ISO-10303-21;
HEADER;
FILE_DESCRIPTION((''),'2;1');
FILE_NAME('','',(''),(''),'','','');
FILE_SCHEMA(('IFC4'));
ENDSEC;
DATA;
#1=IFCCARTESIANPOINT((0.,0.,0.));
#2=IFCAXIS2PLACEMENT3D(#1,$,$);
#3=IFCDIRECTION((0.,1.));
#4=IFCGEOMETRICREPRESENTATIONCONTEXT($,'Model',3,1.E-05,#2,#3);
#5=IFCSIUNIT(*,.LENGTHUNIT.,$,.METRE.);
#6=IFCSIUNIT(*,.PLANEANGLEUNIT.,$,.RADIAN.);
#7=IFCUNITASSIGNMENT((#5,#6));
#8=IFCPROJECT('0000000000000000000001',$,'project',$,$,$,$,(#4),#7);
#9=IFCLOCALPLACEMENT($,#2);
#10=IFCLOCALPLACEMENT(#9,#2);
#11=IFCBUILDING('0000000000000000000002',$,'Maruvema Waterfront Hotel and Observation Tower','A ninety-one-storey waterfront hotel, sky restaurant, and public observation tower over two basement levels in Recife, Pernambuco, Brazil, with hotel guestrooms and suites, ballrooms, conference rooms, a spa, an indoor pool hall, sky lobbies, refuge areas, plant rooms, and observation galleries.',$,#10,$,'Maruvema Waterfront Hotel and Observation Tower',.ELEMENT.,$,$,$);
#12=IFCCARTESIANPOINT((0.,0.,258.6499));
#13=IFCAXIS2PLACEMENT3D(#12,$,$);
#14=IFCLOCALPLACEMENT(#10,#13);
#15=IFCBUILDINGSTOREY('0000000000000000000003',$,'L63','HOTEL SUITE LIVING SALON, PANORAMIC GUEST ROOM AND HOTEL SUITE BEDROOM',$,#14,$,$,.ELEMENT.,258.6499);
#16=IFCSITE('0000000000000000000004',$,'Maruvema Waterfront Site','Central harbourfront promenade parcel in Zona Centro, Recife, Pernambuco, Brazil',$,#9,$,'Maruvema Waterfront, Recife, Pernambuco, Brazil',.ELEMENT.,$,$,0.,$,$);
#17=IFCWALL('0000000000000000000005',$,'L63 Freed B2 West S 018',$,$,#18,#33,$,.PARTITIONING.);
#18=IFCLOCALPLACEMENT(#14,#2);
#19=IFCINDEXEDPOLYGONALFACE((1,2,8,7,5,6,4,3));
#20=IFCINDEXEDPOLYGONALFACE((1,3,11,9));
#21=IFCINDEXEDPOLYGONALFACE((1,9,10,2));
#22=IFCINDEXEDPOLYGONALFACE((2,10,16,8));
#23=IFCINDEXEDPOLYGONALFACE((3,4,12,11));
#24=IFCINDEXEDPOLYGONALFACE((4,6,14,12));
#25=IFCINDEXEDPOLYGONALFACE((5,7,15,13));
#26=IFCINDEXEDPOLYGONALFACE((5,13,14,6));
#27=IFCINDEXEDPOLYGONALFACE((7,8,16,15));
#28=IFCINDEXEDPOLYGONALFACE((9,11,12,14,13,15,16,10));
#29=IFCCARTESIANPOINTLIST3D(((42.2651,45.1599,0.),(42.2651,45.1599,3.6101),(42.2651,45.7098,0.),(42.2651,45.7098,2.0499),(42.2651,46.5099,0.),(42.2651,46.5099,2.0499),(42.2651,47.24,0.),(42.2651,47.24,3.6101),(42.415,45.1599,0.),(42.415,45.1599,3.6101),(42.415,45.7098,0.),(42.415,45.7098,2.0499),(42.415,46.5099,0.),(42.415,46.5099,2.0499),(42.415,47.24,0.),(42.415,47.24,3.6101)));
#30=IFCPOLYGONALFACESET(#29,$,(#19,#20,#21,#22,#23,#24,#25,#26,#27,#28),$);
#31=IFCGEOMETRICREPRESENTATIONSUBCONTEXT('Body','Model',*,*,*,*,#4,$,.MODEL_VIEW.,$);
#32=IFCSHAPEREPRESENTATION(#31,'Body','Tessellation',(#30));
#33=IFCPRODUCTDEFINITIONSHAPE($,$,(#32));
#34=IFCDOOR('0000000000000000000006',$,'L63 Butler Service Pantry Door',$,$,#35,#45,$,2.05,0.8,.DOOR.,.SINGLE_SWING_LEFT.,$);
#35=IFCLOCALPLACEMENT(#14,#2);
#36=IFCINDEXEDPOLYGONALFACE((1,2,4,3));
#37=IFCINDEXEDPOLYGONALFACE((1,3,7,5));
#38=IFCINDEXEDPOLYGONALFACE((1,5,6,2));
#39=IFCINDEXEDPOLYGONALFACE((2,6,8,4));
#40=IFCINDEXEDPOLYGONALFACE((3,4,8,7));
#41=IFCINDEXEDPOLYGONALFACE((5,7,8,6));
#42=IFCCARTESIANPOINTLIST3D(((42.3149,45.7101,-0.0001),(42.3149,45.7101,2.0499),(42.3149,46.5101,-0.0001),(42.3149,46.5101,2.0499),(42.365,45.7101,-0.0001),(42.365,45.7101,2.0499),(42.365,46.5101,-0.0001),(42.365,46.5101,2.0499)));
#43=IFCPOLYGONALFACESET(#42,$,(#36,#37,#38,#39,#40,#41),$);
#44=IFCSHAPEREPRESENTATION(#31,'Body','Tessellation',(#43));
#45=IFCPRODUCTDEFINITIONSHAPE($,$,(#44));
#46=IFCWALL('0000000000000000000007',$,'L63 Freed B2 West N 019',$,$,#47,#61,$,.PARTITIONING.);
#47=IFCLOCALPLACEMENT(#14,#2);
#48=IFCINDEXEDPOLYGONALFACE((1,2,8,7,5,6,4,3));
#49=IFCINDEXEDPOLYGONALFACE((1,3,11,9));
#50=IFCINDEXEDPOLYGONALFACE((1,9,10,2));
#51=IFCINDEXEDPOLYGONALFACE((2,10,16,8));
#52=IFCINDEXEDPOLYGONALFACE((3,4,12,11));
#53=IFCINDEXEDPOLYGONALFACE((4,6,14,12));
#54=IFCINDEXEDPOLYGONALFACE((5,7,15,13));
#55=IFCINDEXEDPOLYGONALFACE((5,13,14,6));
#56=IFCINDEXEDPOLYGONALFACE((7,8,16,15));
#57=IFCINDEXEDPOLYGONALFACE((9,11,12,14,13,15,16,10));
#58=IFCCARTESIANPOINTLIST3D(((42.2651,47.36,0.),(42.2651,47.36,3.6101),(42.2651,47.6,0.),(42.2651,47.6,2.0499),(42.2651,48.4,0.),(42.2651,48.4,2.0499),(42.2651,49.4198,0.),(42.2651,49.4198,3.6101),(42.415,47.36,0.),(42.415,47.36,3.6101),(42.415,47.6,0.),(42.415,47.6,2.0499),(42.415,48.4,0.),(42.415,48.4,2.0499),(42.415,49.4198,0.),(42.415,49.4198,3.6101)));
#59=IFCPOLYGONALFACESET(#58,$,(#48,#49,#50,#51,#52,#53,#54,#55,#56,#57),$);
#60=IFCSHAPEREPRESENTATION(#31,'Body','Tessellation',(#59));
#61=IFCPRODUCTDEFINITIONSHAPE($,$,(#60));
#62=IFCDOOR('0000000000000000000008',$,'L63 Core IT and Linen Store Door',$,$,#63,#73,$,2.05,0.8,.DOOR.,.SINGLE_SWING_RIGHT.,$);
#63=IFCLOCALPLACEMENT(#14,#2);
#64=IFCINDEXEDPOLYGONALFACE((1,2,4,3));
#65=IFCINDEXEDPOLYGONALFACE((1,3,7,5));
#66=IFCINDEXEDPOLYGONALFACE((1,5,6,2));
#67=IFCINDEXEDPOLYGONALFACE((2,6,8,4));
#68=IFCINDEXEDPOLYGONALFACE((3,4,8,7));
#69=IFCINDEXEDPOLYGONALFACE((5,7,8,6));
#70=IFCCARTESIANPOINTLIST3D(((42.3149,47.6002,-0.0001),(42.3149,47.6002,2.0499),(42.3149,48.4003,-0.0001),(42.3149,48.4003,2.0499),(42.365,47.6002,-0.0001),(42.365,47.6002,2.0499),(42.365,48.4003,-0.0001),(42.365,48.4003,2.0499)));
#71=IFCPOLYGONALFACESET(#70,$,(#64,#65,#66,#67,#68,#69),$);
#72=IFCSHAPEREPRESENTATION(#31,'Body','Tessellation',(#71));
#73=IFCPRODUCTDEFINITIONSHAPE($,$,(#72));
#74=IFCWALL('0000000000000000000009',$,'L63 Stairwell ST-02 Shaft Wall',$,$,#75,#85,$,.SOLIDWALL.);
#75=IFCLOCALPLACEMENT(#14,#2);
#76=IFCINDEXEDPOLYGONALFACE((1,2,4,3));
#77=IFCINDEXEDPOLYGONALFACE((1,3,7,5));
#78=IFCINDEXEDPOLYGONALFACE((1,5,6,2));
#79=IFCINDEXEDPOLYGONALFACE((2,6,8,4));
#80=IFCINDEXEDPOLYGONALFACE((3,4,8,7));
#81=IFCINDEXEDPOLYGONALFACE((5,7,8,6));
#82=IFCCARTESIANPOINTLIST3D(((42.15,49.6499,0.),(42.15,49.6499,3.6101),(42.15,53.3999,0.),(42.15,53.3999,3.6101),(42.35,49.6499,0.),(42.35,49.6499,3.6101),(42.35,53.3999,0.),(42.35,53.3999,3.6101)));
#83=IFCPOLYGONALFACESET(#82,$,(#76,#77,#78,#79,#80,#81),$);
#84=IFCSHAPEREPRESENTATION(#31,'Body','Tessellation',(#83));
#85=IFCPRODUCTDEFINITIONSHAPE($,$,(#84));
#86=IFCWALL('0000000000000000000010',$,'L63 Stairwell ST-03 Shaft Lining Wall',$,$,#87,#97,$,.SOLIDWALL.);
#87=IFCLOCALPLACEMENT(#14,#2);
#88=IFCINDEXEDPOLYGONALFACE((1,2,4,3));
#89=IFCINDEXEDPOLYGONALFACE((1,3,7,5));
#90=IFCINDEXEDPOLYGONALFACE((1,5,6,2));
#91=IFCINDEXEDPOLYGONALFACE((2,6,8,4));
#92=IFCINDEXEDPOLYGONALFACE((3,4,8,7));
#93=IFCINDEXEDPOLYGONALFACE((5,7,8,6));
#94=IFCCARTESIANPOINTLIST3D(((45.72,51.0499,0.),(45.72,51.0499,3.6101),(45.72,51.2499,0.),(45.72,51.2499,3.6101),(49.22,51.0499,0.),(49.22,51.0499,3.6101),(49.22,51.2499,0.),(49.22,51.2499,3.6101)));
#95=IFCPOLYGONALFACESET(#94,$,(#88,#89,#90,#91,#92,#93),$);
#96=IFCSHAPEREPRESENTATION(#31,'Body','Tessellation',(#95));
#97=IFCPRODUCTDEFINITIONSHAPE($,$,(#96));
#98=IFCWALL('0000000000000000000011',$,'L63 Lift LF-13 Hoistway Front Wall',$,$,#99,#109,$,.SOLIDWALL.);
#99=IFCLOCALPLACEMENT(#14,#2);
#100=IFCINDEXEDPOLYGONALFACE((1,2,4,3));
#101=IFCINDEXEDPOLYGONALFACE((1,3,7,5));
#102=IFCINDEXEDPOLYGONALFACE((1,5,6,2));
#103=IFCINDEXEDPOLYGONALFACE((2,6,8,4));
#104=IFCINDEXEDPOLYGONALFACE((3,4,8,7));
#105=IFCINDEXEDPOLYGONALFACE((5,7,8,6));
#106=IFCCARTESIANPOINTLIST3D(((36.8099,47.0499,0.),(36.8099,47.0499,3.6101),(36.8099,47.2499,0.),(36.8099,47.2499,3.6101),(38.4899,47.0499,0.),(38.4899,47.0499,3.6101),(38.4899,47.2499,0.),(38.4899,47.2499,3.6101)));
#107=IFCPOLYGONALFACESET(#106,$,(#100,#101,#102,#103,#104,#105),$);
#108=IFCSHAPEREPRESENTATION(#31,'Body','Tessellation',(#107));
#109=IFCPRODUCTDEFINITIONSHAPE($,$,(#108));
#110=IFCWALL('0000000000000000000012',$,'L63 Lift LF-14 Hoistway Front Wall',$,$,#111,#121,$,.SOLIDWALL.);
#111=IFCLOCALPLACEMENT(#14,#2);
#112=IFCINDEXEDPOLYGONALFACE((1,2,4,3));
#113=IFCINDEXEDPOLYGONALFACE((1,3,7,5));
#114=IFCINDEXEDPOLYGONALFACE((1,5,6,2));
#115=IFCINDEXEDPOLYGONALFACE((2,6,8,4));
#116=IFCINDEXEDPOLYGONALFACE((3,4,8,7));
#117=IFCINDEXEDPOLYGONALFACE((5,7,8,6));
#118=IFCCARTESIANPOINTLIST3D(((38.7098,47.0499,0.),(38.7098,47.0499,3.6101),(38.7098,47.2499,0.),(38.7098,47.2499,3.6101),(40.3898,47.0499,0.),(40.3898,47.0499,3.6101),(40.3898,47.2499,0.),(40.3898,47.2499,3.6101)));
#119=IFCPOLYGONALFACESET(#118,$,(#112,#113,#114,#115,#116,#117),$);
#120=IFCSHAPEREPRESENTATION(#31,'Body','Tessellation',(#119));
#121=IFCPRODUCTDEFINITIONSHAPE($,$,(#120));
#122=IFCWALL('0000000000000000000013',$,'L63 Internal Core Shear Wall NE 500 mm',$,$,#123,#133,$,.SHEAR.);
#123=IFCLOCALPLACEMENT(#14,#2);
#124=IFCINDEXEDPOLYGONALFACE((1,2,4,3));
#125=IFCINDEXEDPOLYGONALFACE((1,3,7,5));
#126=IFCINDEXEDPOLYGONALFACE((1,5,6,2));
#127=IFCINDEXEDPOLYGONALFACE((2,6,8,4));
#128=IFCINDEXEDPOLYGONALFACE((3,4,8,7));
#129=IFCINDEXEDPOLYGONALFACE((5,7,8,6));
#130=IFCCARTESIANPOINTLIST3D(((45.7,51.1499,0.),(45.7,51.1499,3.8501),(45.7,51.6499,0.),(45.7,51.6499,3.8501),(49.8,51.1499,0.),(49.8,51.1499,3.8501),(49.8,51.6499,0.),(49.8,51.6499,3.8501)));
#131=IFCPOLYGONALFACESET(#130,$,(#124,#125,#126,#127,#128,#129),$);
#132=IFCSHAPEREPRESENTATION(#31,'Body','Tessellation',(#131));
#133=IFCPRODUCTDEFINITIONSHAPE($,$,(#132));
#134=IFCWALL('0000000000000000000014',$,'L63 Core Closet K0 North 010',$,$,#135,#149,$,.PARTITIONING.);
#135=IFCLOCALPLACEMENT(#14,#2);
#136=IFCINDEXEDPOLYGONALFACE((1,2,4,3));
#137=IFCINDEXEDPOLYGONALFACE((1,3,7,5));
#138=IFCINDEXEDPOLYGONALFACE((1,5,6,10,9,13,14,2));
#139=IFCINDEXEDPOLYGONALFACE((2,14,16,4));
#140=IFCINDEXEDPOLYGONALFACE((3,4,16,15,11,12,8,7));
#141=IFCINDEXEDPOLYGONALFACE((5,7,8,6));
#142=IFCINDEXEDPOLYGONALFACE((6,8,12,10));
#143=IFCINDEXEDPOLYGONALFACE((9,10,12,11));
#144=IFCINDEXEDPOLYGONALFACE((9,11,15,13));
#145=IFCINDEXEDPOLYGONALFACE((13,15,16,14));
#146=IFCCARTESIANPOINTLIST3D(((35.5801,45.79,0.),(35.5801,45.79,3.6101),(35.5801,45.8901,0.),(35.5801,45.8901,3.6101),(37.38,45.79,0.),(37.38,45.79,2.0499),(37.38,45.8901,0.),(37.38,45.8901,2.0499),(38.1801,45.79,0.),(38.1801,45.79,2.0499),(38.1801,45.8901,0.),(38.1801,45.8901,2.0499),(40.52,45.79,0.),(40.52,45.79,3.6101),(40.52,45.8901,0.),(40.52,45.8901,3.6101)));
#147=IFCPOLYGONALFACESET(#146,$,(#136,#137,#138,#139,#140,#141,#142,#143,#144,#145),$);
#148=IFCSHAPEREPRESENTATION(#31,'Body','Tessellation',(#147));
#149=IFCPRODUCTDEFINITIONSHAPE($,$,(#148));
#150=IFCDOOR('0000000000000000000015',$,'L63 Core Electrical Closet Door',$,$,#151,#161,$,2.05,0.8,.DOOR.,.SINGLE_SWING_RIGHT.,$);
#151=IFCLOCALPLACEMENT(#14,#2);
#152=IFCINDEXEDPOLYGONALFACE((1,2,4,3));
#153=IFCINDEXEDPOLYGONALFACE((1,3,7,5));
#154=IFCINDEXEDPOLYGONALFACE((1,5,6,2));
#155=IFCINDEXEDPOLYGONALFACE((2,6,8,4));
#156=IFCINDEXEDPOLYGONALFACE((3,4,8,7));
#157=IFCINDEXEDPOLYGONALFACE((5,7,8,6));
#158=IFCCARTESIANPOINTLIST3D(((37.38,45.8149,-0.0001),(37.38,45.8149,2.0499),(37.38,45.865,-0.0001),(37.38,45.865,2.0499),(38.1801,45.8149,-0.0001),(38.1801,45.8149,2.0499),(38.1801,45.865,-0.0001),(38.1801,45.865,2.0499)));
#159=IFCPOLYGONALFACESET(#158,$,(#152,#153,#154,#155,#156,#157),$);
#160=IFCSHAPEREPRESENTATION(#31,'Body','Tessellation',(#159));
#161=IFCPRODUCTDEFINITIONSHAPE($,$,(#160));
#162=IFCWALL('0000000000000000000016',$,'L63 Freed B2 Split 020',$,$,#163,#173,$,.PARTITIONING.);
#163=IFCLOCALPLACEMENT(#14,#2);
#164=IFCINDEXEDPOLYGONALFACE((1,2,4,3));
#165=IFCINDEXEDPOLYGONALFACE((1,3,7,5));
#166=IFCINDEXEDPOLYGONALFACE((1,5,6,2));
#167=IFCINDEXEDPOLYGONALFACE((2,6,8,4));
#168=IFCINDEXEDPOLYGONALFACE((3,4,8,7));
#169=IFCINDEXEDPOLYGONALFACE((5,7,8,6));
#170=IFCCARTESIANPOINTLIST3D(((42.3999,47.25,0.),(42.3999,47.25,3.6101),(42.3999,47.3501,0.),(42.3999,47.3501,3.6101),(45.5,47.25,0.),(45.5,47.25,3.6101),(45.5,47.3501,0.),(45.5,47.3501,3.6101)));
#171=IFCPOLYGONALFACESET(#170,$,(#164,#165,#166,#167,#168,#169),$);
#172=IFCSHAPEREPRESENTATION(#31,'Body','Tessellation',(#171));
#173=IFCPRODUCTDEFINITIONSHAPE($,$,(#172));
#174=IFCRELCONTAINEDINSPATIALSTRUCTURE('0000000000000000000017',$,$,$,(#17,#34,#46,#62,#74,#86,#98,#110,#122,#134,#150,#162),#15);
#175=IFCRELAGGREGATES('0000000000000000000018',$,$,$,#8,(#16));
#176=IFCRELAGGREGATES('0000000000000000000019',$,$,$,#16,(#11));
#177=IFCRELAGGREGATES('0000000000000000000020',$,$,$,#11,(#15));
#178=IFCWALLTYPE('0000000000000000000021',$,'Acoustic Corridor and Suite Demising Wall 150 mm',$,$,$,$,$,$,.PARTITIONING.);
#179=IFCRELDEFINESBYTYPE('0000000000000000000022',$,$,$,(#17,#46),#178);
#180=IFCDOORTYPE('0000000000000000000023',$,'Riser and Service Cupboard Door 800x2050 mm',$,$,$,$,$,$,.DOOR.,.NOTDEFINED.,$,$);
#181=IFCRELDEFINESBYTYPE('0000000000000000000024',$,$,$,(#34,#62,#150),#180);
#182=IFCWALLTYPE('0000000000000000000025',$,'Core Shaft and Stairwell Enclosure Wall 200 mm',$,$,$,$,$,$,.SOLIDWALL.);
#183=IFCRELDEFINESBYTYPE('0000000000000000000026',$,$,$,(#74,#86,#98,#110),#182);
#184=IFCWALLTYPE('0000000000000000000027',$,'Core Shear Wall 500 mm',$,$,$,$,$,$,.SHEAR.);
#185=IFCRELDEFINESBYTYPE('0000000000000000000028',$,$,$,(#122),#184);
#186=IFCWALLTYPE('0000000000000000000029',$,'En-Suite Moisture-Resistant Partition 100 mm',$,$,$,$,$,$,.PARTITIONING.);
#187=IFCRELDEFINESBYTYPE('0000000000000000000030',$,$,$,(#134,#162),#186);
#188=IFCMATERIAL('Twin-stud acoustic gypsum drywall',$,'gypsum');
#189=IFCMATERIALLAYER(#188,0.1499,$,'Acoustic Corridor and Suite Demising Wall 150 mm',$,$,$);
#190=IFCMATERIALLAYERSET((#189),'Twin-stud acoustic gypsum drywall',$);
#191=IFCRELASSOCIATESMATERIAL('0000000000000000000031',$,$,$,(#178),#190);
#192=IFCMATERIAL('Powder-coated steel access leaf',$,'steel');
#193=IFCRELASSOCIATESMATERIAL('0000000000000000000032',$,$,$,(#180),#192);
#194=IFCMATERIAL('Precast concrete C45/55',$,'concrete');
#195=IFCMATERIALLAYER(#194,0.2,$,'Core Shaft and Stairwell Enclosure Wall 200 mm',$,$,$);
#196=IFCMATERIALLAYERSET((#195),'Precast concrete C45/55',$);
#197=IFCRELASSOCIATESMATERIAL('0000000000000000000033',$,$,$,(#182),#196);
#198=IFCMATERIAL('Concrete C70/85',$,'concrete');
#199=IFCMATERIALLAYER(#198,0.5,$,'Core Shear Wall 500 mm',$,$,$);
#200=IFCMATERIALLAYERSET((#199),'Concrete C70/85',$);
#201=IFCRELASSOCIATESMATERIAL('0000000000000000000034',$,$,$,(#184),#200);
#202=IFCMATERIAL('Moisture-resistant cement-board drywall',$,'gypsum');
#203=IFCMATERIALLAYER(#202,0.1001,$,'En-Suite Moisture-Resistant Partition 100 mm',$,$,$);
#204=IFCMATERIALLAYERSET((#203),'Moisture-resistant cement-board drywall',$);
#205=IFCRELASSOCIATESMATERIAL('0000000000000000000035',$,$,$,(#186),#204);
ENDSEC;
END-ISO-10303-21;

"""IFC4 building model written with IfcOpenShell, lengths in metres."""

from ifc_helpers import new_model, si_unit, direction, frame, frame_2d, origin, place, context, subcontext, project, spatial, rectangle, extrude, material, layer, layer_set, type_object, element, fill, save


model = new_model("IFC4")

# Units and contexts
model_context = context("Model", 3, precision=1e-05, world=origin(), true_north=direction((0.0, 1.0)))
body_context = subcontext(model_context, "Body", "Model", "MODEL_VIEW")
ifc_project = project(units=[si_unit("LENGTHUNIT", "METRE"), si_unit("PLANEANGLEUNIT", "RADIAN")], contexts=[model_context])

# Site, building, storey
site_placement = place(None, origin())
site = spatial("IfcSite", under=ifc_project, at=site_placement, Name="Maruvema Waterfront Site", Description="Central harbourfront promenade parcel in Zona Centro, Recife, Pernambuco, Brazil", LongName="Maruvema Waterfront, Recife, Pernambuco, Brazil", CompositionType="ELEMENT", RefElevation=0.0)
building_placement = place(site_placement, origin())
building = spatial("IfcBuilding", under=site, at=building_placement, Name="Maruvema Waterfront Hotel and Observation Tower", Description="A ninety-one-storey waterfront hotel, sky restaurant, and public observation tower over two basement levels in Recife, Pernambuco, Brazil, with hotel guestrooms and suites, ballrooms, conference rooms, a spa, an indoor pool hall, sky lobbies, refuge areas, plant rooms, and observation galleries.", LongName="Maruvema Waterfront Hotel and Observation Tower", CompositionType="ELEMENT")
storey_placement = place(building_placement, frame((0.0, 0.0, 258.6499)))
storey = spatial("IfcBuildingStorey", under=building, at=storey_placement, Name="L63", Description="HOTEL SUITE LIVING SALON, PANORAMIC GUEST ROOM AND HOTEL SUITE BEDROOM", CompositionType="ELEMENT", Elevation=258.6499)

# Walls, openings, doors
ifc_material_1 = material(Name="Twin-stud acoustic gypsum drywall", Category="gypsum")
ifc_layer_1 = layer(ifc_material_1, 0.1499, Name="Acoustic Corridor and Suite Demising Wall 150 mm")
ifc_layer_set_1 = layer_set([ifc_layer_1], Name="Twin-stud acoustic gypsum drywall")
wall_type_1 = type_object("IfcWallType", Name="Acoustic Corridor and Suite Demising Wall 150 mm", PredefinedType="PARTITIONING", material=ifc_layer_set_1)
wall_1_placement = place(storey_placement, frame((42.3401, 45.1599, 0.0), z_axis=(0.0, 0.0, 1.0), x_axis=(0.0, 1.0, 0.0)))
wall_1 = element("IfcWall", 1, at=wall_1_placement, inside=storey, type_object=wall_type_1, Name="L63 Freed B2 West S 018", PredefinedType="PARTITIONING", context=body_context, shape_type="SweptSolid", body=[
    extrude(rectangle(XDim=2.0801, YDim=0.1499, at=frame_2d((1.04, 0.0))), origin(), (0.0, 0.0, 1.0), 3.6101),
])
opening_1_placement = place(wall_1_placement, frame((0.55, 0.0, 0.0)))
opening_1 = element("IfcOpeningElement", 2, at=opening_1_placement, cuts=wall_1, PredefinedType="OPENING", context=body_context, shape_type="SweptSolid", body=[
    extrude(rectangle(XDim=0.8, YDim=2.05, at=frame_2d((0.3999, 1.0249))), frame((0.0, 0.085, 0.0), z_axis=(0.0, -1.0, 0.0), x_axis=(1.0, 0.0, 0.0)), (0.0, 0.0, 1.0), 0.1699),
])
ifc_material_2 = material(Name="Powder-coated steel access leaf", Category="steel")
door_type = type_object("IfcDoorType", Name="Riser and Service Cupboard Door 800x2050 mm", OperationType="NOTDEFINED", PredefinedType="DOOR", material=ifc_material_2)
door_1_placement = place(opening_1_placement, frame((0.8, 0.0, 0.0), z_axis=(0.0, 0.0, 1.0), x_axis=(-1.0, 0.0, 0.0)))
door_1 = element("IfcDoor", 3, at=door_1_placement, inside=storey, type_object=door_type, Name="L63 Butler Service Pantry Door", OperationType="SINGLE_SWING_LEFT", OverallHeight=2.05, OverallWidth=0.8, PredefinedType="DOOR", context=body_context, shape_type="SweptSolid", body=[
    extrude(rectangle(XDim=0.8, YDim=2.05, at=frame_2d((0.3999, 1.0249))), frame((0.0, 0.0249, 0.0), z_axis=(0.0, -1.0, 0.0), x_axis=(1.0, 0.0, 0.0)), (0.0, 0.0, 1.0), 0.05),
])
fill(opening_1, door_1)
wall_2_placement = place(storey_placement, frame((42.3401, 47.3601, 0.0), z_axis=(0.0, 0.0, 1.0), x_axis=(0.0, 1.0, 0.0)))
wall_2 = element("IfcWall", 4, at=wall_2_placement, inside=storey, type_object=wall_type_1, Name="L63 Freed B2 West N 019", PredefinedType="PARTITIONING", context=body_context, shape_type="SweptSolid", body=[
    extrude(rectangle(XDim=2.0598, YDim=0.1499, at=frame_2d((1.0298, 0.0))), origin(), (0.0, 0.0, 1.0), 3.6101),
])
opening_2_placement = place(wall_2_placement, frame((0.24, 0.0, 0.0)))
opening_2 = element("IfcOpeningElement", 5, at=opening_2_placement, cuts=wall_2, PredefinedType="OPENING", context=body_context, shape_type="SweptSolid", body=[
    extrude(rectangle(XDim=0.8, YDim=2.05, at=frame_2d((0.3999, 1.0249))), frame((0.0, 0.085, 0.0), z_axis=(0.0, -1.0, 0.0), x_axis=(1.0, 0.0, 0.0)), (0.0, 0.0, 1.0), 0.1699),
])
door_2_placement = place(opening_2_placement, frame((0.8, 0.0, 0.0), z_axis=(0.0, 0.0, 1.0), x_axis=(-1.0, 0.0, 0.0)))
door_2 = element("IfcDoor", 6, at=door_2_placement, inside=storey, type_object=door_type, Name="L63 Core IT and Linen Store Door", OperationType="SINGLE_SWING_RIGHT", OverallHeight=2.05, OverallWidth=0.8, PredefinedType="DOOR", context=body_context, shape_type="SweptSolid", body=[
    extrude(rectangle(XDim=0.8, YDim=2.05, at=frame_2d((0.3999, 1.0249))), frame((0.0, 0.0249, 0.0), z_axis=(0.0, -1.0, 0.0), x_axis=(1.0, 0.0, 0.0)), (0.0, 0.0, 1.0), 0.05),
])
fill(opening_2, door_2)

# Walls
ifc_material_3 = material(Name="Precast concrete C45/55", Category="concrete")
ifc_layer_2 = layer(ifc_material_3, 0.2, Name="Core Shaft and Stairwell Enclosure Wall 200 mm")
ifc_layer_set_2 = layer_set([ifc_layer_2], Name="Precast concrete C45/55")
wall_type_2 = type_object("IfcWallType", Name="Core Shaft and Stairwell Enclosure Wall 200 mm", PredefinedType="SOLIDWALL", material=ifc_layer_set_2)
wall_3_placement = place(storey_placement, frame((42.25, 49.6499, 0.0), z_axis=(0.0, 0.0, 1.0), x_axis=(0.0, 1.0, 0.0)))
element("IfcWall", 7, at=wall_3_placement, inside=storey, type_object=wall_type_2, Name="L63 Stairwell ST-02 Shaft Wall", PredefinedType="SOLIDWALL", context=body_context, shape_type="SweptSolid", body=[
    extrude(rectangle(XDim=3.75, YDim=0.2, at=frame_2d((1.875, 0.0))), origin(), (0.0, 0.0, 1.0), 3.6101),
])
wall_4_placement = place(storey_placement, frame((45.72, 51.1499, 0.0), z_axis=(0.0, 0.0, 1.0), x_axis=(1.0, 0.0, 0.0)))
element("IfcWall", 8, at=wall_4_placement, inside=storey, type_object=wall_type_2, Name="L63 Stairwell ST-03 Shaft Lining Wall", PredefinedType="SOLIDWALL", context=body_context, shape_type="SweptSolid", body=[
    extrude(rectangle(XDim=3.5, YDim=0.2, at=frame_2d((1.75, 0.0))), origin(), (0.0, 0.0, 1.0), 3.6101),
])
for number, where, z_axis, x_axis, name in (
    (9, (36.8101, 47.1499, 0.0), (0.0, 0.0, 1.0), (1.0, 0.0, 0.0), "L63 Lift LF-13 Hoistway Front Wall"),
    (10, (38.71, 47.1499, 0.0), (0.0, 0.0, 1.0), (1.0, 0.0, 0.0), "L63 Lift LF-14 Hoistway Front Wall"),
):
    element("IfcWall", number, at=place(storey_placement, frame(where, z_axis=z_axis, x_axis=x_axis)), inside=storey, type_object=wall_type_2, Name=name, PredefinedType="SOLIDWALL", context=body_context, shape_type="SweptSolid", body=[
        extrude(rectangle(XDim=1.6799, YDim=0.2, at=frame_2d((0.8398, 0.0))), origin(), (0.0, 0.0, 1.0), 3.6101),
    ])
ifc_material_4 = material(Name="Concrete C70/85", Category="concrete")
ifc_layer_3 = layer(ifc_material_4, 0.5, Name="Core Shear Wall 500 mm")
ifc_layer_set_3 = layer_set([ifc_layer_3], Name="Concrete C70/85")
wall_type_3 = type_object("IfcWallType", Name="Core Shear Wall 500 mm", PredefinedType="SHEAR", material=ifc_layer_set_3)
wall_5_placement = place(storey_placement, frame((45.7, 51.3999, 0.0), z_axis=(0.0, 0.0, 1.0), x_axis=(1.0, 0.0, 0.0)))
element("IfcWall", 11, at=wall_5_placement, inside=storey, type_object=wall_type_3, Name="L63 Internal Core Shear Wall NE 500 mm", PredefinedType="SHEAR", context=body_context, shape_type="SweptSolid", body=[
    extrude(rectangle(XDim=4.1001, YDim=0.5, at=frame_2d((2.05, 0.0))), origin(), (0.0, 0.0, 1.0), 3.8501),
])

# Wall, opening, door
ifc_material_5 = material(Name="Moisture-resistant cement-board drywall", Category="gypsum")
ifc_layer_4 = layer(ifc_material_5, 0.1001, Name="En-Suite Moisture-Resistant Partition 100 mm")
ifc_layer_set_4 = layer_set([ifc_layer_4], Name="Moisture-resistant cement-board drywall")
wall_type_4 = type_object("IfcWallType", Name="En-Suite Moisture-Resistant Partition 100 mm", PredefinedType="PARTITIONING", material=ifc_layer_set_4)
wall_6_placement = place(storey_placement, frame((35.5801, 45.8401, 0.0), z_axis=(0.0, 0.0, 1.0), x_axis=(1.0, 0.0, 0.0)))
wall_6 = element("IfcWall", 12, at=wall_6_placement, inside=storey, type_object=wall_type_4, Name="L63 Core Closet K0 North 010", PredefinedType="PARTITIONING", context=body_context, shape_type="SweptSolid", body=[
    extrude(rectangle(XDim=4.9399, YDim=0.1001, at=frame_2d((2.47, 0.0))), origin(), (0.0, 0.0, 1.0), 3.6101),
])
opening_3_placement = place(wall_6_placement, frame((1.8, 0.0, 0.0)))
opening_3 = element("IfcOpeningElement", 13, at=opening_3_placement, cuts=wall_6, PredefinedType="OPENING", context=body_context, shape_type="SweptSolid", body=[
    extrude(rectangle(XDim=0.8, YDim=2.05, at=frame_2d((0.3999, 1.0249))), frame((0.0, 0.0601, 0.0), z_axis=(0.0, -1.0, 0.0), x_axis=(1.0, 0.0, 0.0)), (0.0, 0.0, 1.0), 0.1201),
])
door_3_placement = place(opening_3_placement, origin())
door_3 = element("IfcDoor", 14, at=door_3_placement, inside=storey, type_object=door_type, Name="L63 Core Electrical Closet Door", OperationType="SINGLE_SWING_RIGHT", OverallHeight=2.05, OverallWidth=0.8, PredefinedType="DOOR", context=body_context, shape_type="SweptSolid", body=[
    extrude(rectangle(XDim=0.8, YDim=2.05, at=frame_2d((0.3999, 1.0249))), frame((0.0, 0.0249, 0.0), z_axis=(0.0, -1.0, 0.0), x_axis=(1.0, 0.0, 0.0)), (0.0, 0.0, 1.0), 0.05),
])
fill(opening_3, door_3)

# Wall
wall_7_placement = place(storey_placement, frame((42.3999, 47.3, 0.0), z_axis=(0.0, 0.0, 1.0), x_axis=(1.0, 0.0, 0.0)))
element("IfcWall", 15, at=wall_7_placement, inside=storey, type_object=wall_type_4, Name="L63 Freed B2 Split 020", PredefinedType="PARTITIONING", context=body_context, shape_type="SweptSolid", body=[
    extrude(rectangle(XDim=3.1001, YDim=0.1001, at=frame_2d((1.55, 0.0))), origin(), (0.0, 0.0, 1.0), 3.6101),
])

save(model, "model.ifc")
